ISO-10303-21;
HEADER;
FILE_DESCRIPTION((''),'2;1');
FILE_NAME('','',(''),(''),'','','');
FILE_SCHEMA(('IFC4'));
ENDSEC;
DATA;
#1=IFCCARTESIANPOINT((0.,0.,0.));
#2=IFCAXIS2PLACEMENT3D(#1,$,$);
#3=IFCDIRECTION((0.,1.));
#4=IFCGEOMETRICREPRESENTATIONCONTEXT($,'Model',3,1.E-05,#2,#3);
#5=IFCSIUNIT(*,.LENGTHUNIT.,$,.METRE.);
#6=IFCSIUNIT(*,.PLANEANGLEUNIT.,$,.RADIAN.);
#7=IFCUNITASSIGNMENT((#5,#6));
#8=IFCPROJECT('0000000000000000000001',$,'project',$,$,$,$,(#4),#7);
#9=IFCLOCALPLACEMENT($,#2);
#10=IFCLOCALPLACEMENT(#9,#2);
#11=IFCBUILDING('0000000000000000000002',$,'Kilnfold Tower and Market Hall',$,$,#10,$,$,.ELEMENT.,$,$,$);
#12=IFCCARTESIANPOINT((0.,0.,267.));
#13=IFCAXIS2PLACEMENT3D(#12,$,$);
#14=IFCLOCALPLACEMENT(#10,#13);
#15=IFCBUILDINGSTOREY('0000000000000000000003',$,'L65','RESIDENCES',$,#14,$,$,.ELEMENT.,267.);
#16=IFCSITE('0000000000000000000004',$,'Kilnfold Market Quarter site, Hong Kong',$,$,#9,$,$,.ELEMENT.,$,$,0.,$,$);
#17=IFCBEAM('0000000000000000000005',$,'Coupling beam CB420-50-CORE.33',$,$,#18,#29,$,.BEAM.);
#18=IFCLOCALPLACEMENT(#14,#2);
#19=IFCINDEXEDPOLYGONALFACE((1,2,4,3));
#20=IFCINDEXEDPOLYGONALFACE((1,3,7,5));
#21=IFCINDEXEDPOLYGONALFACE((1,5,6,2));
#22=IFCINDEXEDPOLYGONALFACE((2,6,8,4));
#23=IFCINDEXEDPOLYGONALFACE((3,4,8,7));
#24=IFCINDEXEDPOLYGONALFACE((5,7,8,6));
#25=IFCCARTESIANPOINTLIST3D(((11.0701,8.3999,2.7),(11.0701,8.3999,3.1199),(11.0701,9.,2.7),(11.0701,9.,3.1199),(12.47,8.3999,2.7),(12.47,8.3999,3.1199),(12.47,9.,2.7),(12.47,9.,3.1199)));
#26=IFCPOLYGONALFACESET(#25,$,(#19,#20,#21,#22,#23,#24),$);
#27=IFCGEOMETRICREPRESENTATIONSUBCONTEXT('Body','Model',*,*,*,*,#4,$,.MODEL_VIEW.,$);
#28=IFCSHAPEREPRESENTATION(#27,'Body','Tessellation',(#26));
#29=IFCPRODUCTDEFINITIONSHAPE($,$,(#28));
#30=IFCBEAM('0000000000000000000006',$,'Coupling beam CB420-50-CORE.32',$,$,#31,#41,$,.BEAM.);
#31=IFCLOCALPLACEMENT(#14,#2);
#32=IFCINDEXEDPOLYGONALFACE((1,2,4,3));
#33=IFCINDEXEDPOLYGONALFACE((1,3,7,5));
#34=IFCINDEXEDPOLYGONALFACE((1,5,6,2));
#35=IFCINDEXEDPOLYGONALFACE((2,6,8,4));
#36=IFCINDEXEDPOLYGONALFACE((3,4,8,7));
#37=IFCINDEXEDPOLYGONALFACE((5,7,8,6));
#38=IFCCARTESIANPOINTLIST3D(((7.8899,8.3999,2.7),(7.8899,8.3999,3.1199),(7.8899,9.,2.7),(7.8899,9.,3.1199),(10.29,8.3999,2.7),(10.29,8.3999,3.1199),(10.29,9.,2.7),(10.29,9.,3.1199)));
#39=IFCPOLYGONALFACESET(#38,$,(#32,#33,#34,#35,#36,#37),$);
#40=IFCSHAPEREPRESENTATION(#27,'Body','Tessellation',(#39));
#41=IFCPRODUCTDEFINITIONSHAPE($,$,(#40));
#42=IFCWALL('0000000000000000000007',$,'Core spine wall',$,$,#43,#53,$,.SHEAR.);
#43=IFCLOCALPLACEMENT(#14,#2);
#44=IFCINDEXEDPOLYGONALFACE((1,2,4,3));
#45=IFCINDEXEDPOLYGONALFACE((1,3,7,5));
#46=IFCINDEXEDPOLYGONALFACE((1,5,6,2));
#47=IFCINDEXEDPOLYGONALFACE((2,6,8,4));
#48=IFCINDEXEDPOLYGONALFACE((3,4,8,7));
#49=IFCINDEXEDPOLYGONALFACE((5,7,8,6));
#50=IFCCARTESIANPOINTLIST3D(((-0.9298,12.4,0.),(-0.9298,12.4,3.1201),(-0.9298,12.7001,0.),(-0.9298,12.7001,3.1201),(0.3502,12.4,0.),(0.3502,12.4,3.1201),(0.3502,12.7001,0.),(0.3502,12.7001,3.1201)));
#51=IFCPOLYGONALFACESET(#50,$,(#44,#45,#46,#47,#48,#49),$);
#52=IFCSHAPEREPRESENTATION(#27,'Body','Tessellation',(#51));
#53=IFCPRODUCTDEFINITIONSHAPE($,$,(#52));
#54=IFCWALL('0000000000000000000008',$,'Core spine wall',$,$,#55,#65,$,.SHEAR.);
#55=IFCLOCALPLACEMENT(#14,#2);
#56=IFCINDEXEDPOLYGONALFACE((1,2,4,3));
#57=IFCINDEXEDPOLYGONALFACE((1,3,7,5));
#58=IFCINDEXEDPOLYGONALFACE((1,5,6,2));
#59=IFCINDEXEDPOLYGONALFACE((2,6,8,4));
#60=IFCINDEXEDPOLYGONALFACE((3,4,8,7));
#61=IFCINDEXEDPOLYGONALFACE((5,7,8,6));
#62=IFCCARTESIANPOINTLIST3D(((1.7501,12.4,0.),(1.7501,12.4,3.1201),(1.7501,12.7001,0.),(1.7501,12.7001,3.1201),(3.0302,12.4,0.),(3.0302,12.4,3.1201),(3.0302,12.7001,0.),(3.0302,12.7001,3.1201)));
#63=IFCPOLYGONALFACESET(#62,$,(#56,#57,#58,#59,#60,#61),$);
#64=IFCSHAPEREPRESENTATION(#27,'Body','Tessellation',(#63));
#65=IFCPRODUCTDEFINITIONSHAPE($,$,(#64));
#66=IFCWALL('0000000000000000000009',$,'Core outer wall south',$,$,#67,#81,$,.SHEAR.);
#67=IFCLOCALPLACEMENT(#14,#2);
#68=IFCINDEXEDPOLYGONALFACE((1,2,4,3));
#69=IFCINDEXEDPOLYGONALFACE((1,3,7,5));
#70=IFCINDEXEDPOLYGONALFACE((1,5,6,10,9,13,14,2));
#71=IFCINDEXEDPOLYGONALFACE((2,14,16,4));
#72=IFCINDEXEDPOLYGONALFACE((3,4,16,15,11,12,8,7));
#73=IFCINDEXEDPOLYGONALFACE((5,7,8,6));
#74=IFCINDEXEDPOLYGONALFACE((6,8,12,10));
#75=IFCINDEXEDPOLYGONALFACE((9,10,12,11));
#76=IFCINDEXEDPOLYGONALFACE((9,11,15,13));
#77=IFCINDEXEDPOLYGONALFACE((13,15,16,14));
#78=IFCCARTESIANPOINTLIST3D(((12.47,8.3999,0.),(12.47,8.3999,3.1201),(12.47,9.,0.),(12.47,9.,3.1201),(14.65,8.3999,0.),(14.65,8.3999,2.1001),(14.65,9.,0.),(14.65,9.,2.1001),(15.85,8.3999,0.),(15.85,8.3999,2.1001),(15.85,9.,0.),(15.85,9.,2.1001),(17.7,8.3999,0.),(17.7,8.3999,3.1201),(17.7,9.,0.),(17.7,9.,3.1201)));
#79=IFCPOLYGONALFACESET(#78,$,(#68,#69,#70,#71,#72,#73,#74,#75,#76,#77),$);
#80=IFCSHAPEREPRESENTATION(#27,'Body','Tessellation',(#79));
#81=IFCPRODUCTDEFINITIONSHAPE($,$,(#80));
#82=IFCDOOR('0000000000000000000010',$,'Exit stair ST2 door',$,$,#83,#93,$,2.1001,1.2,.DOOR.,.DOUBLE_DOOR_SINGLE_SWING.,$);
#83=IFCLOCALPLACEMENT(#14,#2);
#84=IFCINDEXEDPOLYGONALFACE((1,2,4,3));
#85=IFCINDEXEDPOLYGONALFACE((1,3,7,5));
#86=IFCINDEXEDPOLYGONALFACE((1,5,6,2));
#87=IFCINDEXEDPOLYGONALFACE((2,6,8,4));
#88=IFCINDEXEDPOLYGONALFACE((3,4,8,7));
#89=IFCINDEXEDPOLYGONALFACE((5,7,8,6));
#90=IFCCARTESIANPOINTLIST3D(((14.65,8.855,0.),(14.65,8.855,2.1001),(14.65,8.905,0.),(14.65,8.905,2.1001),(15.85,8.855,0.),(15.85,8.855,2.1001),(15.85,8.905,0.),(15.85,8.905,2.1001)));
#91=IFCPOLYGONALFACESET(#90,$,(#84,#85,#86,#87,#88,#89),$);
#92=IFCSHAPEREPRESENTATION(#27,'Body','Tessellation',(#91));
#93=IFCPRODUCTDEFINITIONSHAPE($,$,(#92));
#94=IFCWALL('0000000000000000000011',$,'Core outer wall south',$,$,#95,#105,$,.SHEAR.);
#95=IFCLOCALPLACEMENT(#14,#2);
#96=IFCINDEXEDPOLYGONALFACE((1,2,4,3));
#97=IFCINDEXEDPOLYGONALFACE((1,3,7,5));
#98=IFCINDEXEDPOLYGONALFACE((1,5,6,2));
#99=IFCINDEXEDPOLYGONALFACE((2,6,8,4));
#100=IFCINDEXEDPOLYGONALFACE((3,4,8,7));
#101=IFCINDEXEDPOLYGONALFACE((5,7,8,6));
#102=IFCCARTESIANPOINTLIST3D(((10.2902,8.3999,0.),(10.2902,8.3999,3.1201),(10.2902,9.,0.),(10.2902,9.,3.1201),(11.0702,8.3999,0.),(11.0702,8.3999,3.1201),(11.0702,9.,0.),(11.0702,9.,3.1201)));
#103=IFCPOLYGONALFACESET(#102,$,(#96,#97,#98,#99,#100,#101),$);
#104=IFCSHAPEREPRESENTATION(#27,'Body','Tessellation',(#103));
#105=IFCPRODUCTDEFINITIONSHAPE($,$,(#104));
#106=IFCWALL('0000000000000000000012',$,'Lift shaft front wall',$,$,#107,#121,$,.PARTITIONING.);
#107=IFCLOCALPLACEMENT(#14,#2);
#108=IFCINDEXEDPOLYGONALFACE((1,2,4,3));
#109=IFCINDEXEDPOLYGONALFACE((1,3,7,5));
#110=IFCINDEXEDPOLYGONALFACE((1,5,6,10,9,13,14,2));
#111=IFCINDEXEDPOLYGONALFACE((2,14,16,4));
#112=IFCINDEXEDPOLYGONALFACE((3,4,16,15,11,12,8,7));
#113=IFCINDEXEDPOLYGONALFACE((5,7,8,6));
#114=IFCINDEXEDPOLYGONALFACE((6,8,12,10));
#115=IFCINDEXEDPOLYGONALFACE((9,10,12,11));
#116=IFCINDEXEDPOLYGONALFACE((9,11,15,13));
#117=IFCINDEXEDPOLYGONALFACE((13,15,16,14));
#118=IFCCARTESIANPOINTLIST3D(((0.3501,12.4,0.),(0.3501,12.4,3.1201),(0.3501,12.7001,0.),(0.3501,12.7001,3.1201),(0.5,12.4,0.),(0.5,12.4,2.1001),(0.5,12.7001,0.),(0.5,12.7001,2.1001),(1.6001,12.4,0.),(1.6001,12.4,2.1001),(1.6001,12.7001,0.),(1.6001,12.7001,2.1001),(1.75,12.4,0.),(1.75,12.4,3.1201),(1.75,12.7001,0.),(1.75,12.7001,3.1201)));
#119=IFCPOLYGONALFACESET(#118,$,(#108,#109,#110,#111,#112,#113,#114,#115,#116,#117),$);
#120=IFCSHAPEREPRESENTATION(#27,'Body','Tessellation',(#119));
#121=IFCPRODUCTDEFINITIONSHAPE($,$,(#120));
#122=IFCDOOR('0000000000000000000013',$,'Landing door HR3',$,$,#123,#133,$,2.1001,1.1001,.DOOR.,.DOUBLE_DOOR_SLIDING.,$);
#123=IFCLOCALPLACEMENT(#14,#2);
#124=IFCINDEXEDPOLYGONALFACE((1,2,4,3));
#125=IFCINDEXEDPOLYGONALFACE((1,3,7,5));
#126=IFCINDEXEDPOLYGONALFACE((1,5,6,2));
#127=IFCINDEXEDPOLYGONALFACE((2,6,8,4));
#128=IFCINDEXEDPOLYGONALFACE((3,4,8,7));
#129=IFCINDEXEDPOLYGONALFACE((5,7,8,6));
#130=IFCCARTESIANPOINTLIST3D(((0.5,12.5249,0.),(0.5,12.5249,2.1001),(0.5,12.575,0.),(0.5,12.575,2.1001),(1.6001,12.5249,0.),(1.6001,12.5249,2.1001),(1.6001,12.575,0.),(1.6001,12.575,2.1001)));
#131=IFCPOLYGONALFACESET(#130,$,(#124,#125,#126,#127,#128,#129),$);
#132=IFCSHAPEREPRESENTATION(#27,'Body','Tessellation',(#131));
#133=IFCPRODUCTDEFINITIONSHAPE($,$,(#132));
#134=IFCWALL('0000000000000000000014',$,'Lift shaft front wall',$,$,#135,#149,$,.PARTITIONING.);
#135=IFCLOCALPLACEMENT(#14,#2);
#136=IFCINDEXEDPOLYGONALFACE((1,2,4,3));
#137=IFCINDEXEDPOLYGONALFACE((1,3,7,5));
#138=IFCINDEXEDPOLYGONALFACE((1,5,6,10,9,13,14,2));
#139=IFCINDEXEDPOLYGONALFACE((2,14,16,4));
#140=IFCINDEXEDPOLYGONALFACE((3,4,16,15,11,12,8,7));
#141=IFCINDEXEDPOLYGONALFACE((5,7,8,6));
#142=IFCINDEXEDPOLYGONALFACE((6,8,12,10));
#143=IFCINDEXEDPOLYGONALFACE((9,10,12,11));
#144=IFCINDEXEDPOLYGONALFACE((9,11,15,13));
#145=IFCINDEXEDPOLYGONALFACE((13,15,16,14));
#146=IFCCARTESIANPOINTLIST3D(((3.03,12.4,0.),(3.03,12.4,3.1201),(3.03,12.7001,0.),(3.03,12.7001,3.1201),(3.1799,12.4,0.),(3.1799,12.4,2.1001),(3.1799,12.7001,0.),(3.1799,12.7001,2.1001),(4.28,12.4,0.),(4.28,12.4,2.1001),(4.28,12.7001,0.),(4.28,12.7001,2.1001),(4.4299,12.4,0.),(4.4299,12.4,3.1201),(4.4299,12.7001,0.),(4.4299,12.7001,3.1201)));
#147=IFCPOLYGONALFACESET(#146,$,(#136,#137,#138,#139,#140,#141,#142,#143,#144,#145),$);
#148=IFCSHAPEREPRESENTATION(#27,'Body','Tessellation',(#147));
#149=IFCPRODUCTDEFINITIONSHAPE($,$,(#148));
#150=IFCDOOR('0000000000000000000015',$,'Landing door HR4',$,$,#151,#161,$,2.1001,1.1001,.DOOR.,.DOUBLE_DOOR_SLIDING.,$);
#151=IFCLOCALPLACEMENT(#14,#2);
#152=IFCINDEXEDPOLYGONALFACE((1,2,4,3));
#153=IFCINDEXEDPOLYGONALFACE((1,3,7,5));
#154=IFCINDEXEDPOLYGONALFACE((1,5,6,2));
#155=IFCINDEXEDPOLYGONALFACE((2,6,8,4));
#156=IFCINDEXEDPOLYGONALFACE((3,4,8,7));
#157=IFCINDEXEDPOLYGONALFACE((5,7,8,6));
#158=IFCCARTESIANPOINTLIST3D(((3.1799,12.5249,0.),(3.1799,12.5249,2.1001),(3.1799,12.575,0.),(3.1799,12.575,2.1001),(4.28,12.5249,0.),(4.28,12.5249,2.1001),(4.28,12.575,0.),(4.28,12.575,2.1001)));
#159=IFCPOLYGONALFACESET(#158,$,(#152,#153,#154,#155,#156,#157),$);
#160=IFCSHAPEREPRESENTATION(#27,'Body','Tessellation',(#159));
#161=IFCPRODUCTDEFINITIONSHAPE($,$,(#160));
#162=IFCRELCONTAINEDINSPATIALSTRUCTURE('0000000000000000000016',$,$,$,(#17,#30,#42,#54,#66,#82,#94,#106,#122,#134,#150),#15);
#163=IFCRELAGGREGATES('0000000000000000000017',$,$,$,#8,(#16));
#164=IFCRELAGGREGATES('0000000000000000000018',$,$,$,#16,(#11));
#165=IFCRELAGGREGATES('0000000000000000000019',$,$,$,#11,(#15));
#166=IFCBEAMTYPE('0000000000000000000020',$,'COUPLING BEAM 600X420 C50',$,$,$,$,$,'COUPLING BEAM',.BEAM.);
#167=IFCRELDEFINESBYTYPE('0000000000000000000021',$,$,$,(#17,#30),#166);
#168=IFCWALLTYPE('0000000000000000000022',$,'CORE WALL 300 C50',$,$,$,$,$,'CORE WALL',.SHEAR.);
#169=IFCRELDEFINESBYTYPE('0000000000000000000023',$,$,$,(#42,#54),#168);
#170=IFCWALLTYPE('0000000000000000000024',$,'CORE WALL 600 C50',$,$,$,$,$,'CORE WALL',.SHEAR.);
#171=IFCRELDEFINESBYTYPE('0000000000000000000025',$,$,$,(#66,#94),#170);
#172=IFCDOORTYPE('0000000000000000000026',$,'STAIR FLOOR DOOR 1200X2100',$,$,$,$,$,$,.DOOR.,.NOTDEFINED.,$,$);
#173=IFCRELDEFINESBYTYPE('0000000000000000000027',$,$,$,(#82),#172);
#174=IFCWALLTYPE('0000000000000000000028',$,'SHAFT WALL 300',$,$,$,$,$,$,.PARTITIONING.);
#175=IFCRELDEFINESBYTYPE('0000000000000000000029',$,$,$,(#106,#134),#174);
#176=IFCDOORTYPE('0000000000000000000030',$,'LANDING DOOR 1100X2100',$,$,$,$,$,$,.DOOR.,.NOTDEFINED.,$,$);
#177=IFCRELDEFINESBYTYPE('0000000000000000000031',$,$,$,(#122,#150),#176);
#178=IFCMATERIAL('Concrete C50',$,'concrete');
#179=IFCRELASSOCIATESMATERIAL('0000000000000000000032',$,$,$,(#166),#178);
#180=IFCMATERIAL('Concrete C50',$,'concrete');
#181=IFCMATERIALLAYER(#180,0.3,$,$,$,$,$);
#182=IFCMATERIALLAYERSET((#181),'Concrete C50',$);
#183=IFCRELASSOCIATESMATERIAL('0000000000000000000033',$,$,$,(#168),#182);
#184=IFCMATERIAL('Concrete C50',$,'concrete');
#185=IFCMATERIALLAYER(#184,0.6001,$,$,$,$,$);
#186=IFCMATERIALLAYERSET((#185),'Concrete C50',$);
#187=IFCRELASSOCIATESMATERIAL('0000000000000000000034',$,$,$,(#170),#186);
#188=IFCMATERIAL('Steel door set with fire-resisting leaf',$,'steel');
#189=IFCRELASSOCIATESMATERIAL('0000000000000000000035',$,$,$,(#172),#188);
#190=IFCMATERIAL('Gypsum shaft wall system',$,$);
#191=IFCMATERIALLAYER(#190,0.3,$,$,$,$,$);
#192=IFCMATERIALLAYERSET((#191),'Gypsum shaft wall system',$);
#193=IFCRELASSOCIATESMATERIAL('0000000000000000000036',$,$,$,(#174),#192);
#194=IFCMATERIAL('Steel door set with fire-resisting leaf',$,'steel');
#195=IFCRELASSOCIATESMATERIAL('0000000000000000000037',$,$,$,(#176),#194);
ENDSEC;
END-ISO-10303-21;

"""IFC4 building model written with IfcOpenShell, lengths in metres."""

from ifc_helpers import new_model, si_unit, direction, frame, frame_2d, origin, origin_2d, place, context, subcontext, project, spatial, rectangle, extrude, source, transform, mapped, material, layer, layer_set, material_profile, profile_set, type_object, element, fill, save


model = new_model("IFC4")

# Units and contexts
model_context = context("Model", 3, precision=1e-05, world=origin(), true_north=direction((0.0, 1.0)))
body_context = subcontext(model_context, "Body", "Model", "MODEL_VIEW")
ifc_project = project(units=[si_unit("LENGTHUNIT", "METRE"), si_unit("PLANEANGLEUNIT", "RADIAN")], contexts=[model_context])

# Site, building, storey
site_placement = place(None, origin())
site = spatial("IfcSite", under=ifc_project, at=site_placement, Name="Kilnfold Market Quarter site, Hong Kong", CompositionType="ELEMENT", RefElevation=0.0)
building_placement = place(site_placement, origin())
building = spatial("IfcBuilding", under=site, at=building_placement, Name="Kilnfold Tower and Market Hall", CompositionType="ELEMENT")
storey_placement = place(building_placement, frame((0.0, 0.0, 267.0)))
storey = spatial("IfcBuildingStorey", under=building, at=storey_placement, Name="L65", Description="RESIDENCES", CompositionType="ELEMENT", Elevation=267.0)

# Beams
ifc_material_1 = material(Name="Concrete C50", Category="concrete")
ifc_material_profile = material_profile(ifc_material_1, rectangle(XDim=0.6001, YDim=0.4199, at=origin_2d()), Name="RC 600x420")
ifc_profile_set = profile_set([ifc_material_profile], Name="Concrete C50")
beam_type = type_object("IfcBeamType", Name="COUPLING BEAM 600X420 C50", ElementType="COUPLING BEAM", PredefinedType="BEAM", material=ifc_profile_set)
shared_shape_1 = source(origin(), body_context, "Body", "SweptSolid", [
    extrude(rectangle(XDim=0.6001, YDim=0.4199, at=origin_2d()), origin(), (0.0, 0.0, 1.0), 1.3999),
])
beam_1_placement = place(storey_placement, frame((11.0701, 8.7, 2.9099), z_axis=(1.0, 0.0, 0.0), x_axis=(0.0, 1.0, 0.0)))
element("IfcBeam", 1, at=beam_1_placement, inside=storey, type_object=beam_type, Name="Coupling beam CB420-50-CORE.33", PredefinedType="BEAM", context=body_context, shape_type="MappedRepresentation", body=[
    mapped(shared_shape_1, transform((0.0, 0.0, 0.0))),
])
shared_shape_2 = source(origin(), body_context, "Body", "SweptSolid", [
    extrude(rectangle(XDim=0.6001, YDim=0.4199, at=origin_2d()), origin(), (0.0, 0.0, 1.0), 2.4001),
])
beam_2_placement = place(storey_placement, frame((7.8899, 8.7, 2.9099), z_axis=(1.0, 0.0, 0.0), x_axis=(0.0, 1.0, 0.0)))
element("IfcBeam", 2, at=beam_2_placement, inside=storey, type_object=beam_type, Name="Coupling beam CB420-50-CORE.32", PredefinedType="BEAM", context=body_context, shape_type="MappedRepresentation", body=[
    mapped(shared_shape_2, transform((0.0, 0.0, 0.0))),
])

# Walls
ifc_material_2 = material(Name="Concrete C50", Category="concrete")
ifc_layer_1 = layer(ifc_material_2, 0.3)
ifc_layer_set_1 = layer_set([ifc_layer_1], Name="Concrete C50")
wall_type_1 = type_object("IfcWallType", Name="CORE WALL 300 C50", ElementType="CORE WALL", PredefinedType="SHEAR", material=ifc_layer_set_1)
shared_shape_3 = source(origin(), body_context, "Body", "SweptSolid", [
    extrude(rectangle(XDim=1.28, YDim=0.3, at=frame_2d((0.6401, 0.0))), origin(), (0.0, 0.0, 1.0), 3.1201),
])
for number, where, z_axis, x_axis, name in (
    (3, (-0.9299, 12.55, 0.0), (0.0, 0.0, 1.0), (1.0, 0.0, 0.0), "Core spine wall"),
    (4, (1.75, 12.55, 0.0), (0.0, 0.0, 1.0), (1.0, 0.0, 0.0), "Core spine wall"),
):
    element("IfcWall", number, at=place(storey_placement, frame(where, z_axis=z_axis, x_axis=x_axis)), inside=storey, type_object=wall_type_1, Name=name, PredefinedType="SHEAR", context=body_context, shape_type="MappedRepresentation", body=[
        mapped(shared_shape_3, transform((0.0, 0.0, 0.0))),
    ])

# Wall, opening, door
ifc_material_3 = material(Name="Concrete C50", Category="concrete")
ifc_layer_2 = layer(ifc_material_3, 0.6001)
ifc_layer_set_2 = layer_set([ifc_layer_2], Name="Concrete C50")
wall_type_2 = type_object("IfcWallType", Name="CORE WALL 600 C50", ElementType="CORE WALL", PredefinedType="SHEAR", material=ifc_layer_set_2)
shared_shape_4 = source(origin(), body_context, "Body", "SweptSolid", [
    extrude(rectangle(XDim=5.23, YDim=0.6001, at=frame_2d((2.615, 0.0))), origin(), (0.0, 0.0, 1.0), 3.1201),
])
wall_1_placement = place(storey_placement, frame((12.47, 8.7, 0.0), z_axis=(0.0, 0.0, 1.0), x_axis=(1.0, 0.0, 0.0)))
wall_1 = element("IfcWall", 5, at=wall_1_placement, inside=storey, type_object=wall_type_2, Name="Core outer wall south", PredefinedType="SHEAR", context=body_context, shape_type="MappedRepresentation", body=[
    mapped(shared_shape_4, transform((0.0, 0.0, 0.0))),
])
opening_1_placement = place(wall_1_placement, frame((2.1799, 0.0, 0.0)))
opening_1 = element("IfcOpeningElement", 6, at=opening_1_placement, cuts=wall_1, PredefinedType="OPENING", context=body_context, shape_type="SweptSolid", body=[
    extrude(rectangle(XDim=1.2, YDim=2.1001, at=frame_2d((0.6001, 1.05))), frame((0.0, 0.3101, 0.0), z_axis=(0.0, -1.0, 0.0), x_axis=(1.0, 0.0, 0.0)), (0.0, 0.0, 1.0), 0.6201),
])
ifc_material_4 = material(Name="Steel door set with fire-resisting leaf", Category="steel")
door_type_1 = type_object("IfcDoorType", Name="STAIR FLOOR DOOR 1200X2100", OperationType="NOTDEFINED", PredefinedType="DOOR", material=ifc_material_4)
door_1_placement = place(opening_1_placement, origin())
door_1 = element("IfcDoor", 7, at=door_1_placement, inside=storey, type_object=door_type_1, Name="Exit stair ST2 door", OperationType="DOUBLE_DOOR_SINGLE_SWING", OverallHeight=2.1001, OverallWidth=1.2, PredefinedType="DOOR", context=body_context, shape_type="SweptSolid", body=[
    extrude(rectangle(XDim=1.2, YDim=2.1001, at=frame_2d((0.6001, 1.05))), frame((0.0, 0.2051, 0.0), z_axis=(0.0, -1.0, 0.0), x_axis=(1.0, 0.0, 0.0)), (0.0, 0.0, 1.0), 0.05),
])
fill(opening_1, door_1)

# Wall
shared_shape_5 = source(origin(), body_context, "Body", "SweptSolid", [
    extrude(rectangle(XDim=0.78, YDim=0.6001, at=frame_2d((0.3901, 0.0))), origin(), (0.0, 0.0, 1.0), 3.1201),
])
wall_2_placement = place(storey_placement, frame((10.29, 8.7, 0.0), z_axis=(0.0, 0.0, 1.0), x_axis=(1.0, 0.0, 0.0)))
element("IfcWall", 8, at=wall_2_placement, inside=storey, type_object=wall_type_2, Name="Core outer wall south", PredefinedType="SHEAR", context=body_context, shape_type="MappedRepresentation", body=[
    mapped(shared_shape_5, transform((0.0, 0.0, 0.0))),
])

# Walls, openings, doors
ifc_material_5 = material(Name="Gypsum shaft wall system")
ifc_layer_3 = layer(ifc_material_5, 0.3)
ifc_layer_set_3 = layer_set([ifc_layer_3], Name="Gypsum shaft wall system")
wall_type_3 = type_object("IfcWallType", Name="SHAFT WALL 300", PredefinedType="PARTITIONING", material=ifc_layer_set_3)
shared_shape_6 = source(origin(), body_context, "Body", "SweptSolid", [
    extrude(rectangle(XDim=1.3999, YDim=0.3, at=frame_2d((0.7, 0.0))), origin(), (0.0, 0.0, 1.0), 3.1201),
])
wall_3_placement = place(storey_placement, frame((0.3501, 12.55, 0.0), z_axis=(0.0, 0.0, 1.0), x_axis=(1.0, 0.0, 0.0)))
wall_3 = element("IfcWall", 9, at=wall_3_placement, inside=storey, type_object=wall_type_3, Name="Lift shaft front wall", PredefinedType="PARTITIONING", context=body_context, shape_type="MappedRepresentation", body=[
    mapped(shared_shape_6, transform((0.0, 0.0, 0.0))),
])
opening_2_placement = place(wall_3_placement, frame((0.1499, 0.0, 0.0)))
opening_2 = element("IfcOpeningElement", 10, at=opening_2_placement, cuts=wall_3, PredefinedType="OPENING", context=body_context, shape_type="SweptSolid", body=[
    extrude(rectangle(XDim=1.1001, YDim=2.1001, at=frame_2d((0.55, 1.05))), frame((0.0, 0.1602, 0.0), z_axis=(0.0, -1.0, 0.0), x_axis=(1.0, 0.0, 0.0)), (0.0, 0.0, 1.0), 0.3201),
])
ifc_material_6 = material(Name="Steel door set with fire-resisting leaf", Category="steel")
door_type_2 = type_object("IfcDoorType", Name="LANDING DOOR 1100X2100", OperationType="NOTDEFINED", PredefinedType="DOOR", material=ifc_material_6)
door_2_placement = place(opening_2_placement, origin())
door_2 = element("IfcDoor", 11, at=door_2_placement, inside=storey, type_object=door_type_2, Name="Landing door HR3", OperationType="DOUBLE_DOOR_SLIDING", OverallHeight=2.1001, OverallWidth=1.1001, PredefinedType="DOOR", context=body_context, shape_type="SweptSolid", body=[
    extrude(rectangle(XDim=1.1001, YDim=2.1001, at=frame_2d((0.55, 1.05))), frame((0.0, 0.0249, 0.0), z_axis=(0.0, -1.0, 0.0), x_axis=(1.0, 0.0, 0.0)), (0.0, 0.0, 1.0), 0.05),
])
fill(opening_2, door_2)
wall_4_placement = place(storey_placement, frame((3.03, 12.55, 0.0), z_axis=(0.0, 0.0, 1.0), x_axis=(1.0, 0.0, 0.0)))
wall_4 = element("IfcWall", 12, at=wall_4_placement, inside=storey, type_object=wall_type_3, Name="Lift shaft front wall", PredefinedType="PARTITIONING", context=body_context, shape_type="MappedRepresentation", body=[
    mapped(shared_shape_6, transform((0.0, 0.0, 0.0))),
])
opening_3_placement = place(wall_4_placement, frame((0.1499, 0.0, 0.0)))
opening_3 = element("IfcOpeningElement", 13, at=opening_3_placement, cuts=wall_4, PredefinedType="OPENING", context=body_context, shape_type="SweptSolid", body=[
    extrude(rectangle(XDim=1.1001, YDim=2.1001, at=frame_2d((0.55, 1.05))), frame((0.0, 0.1602, 0.0), z_axis=(0.0, -1.0, 0.0), x_axis=(1.0, 0.0, 0.0)), (0.0, 0.0, 1.0), 0.3201),
])
door_3_placement = place(opening_3_placement, origin())
door_3 = element("IfcDoor", 14, at=door_3_placement, inside=storey, type_object=door_type_2, Name="Landing door HR4", OperationType="DOUBLE_DOOR_SLIDING", OverallHeight=2.1001, OverallWidth=1.1001, PredefinedType="DOOR", context=body_context, shape_type="SweptSolid", body=[
    extrude(rectangle(XDim=1.1001, YDim=2.1001, at=frame_2d((0.55, 1.05))), frame((0.0, 0.0249, 0.0), z_axis=(0.0, -1.0, 0.0), x_axis=(1.0, 0.0, 0.0)), (0.0, 0.0, 1.0), 0.05),
])
fill(opening_3, door_3)

save(model, "model.ifc")
